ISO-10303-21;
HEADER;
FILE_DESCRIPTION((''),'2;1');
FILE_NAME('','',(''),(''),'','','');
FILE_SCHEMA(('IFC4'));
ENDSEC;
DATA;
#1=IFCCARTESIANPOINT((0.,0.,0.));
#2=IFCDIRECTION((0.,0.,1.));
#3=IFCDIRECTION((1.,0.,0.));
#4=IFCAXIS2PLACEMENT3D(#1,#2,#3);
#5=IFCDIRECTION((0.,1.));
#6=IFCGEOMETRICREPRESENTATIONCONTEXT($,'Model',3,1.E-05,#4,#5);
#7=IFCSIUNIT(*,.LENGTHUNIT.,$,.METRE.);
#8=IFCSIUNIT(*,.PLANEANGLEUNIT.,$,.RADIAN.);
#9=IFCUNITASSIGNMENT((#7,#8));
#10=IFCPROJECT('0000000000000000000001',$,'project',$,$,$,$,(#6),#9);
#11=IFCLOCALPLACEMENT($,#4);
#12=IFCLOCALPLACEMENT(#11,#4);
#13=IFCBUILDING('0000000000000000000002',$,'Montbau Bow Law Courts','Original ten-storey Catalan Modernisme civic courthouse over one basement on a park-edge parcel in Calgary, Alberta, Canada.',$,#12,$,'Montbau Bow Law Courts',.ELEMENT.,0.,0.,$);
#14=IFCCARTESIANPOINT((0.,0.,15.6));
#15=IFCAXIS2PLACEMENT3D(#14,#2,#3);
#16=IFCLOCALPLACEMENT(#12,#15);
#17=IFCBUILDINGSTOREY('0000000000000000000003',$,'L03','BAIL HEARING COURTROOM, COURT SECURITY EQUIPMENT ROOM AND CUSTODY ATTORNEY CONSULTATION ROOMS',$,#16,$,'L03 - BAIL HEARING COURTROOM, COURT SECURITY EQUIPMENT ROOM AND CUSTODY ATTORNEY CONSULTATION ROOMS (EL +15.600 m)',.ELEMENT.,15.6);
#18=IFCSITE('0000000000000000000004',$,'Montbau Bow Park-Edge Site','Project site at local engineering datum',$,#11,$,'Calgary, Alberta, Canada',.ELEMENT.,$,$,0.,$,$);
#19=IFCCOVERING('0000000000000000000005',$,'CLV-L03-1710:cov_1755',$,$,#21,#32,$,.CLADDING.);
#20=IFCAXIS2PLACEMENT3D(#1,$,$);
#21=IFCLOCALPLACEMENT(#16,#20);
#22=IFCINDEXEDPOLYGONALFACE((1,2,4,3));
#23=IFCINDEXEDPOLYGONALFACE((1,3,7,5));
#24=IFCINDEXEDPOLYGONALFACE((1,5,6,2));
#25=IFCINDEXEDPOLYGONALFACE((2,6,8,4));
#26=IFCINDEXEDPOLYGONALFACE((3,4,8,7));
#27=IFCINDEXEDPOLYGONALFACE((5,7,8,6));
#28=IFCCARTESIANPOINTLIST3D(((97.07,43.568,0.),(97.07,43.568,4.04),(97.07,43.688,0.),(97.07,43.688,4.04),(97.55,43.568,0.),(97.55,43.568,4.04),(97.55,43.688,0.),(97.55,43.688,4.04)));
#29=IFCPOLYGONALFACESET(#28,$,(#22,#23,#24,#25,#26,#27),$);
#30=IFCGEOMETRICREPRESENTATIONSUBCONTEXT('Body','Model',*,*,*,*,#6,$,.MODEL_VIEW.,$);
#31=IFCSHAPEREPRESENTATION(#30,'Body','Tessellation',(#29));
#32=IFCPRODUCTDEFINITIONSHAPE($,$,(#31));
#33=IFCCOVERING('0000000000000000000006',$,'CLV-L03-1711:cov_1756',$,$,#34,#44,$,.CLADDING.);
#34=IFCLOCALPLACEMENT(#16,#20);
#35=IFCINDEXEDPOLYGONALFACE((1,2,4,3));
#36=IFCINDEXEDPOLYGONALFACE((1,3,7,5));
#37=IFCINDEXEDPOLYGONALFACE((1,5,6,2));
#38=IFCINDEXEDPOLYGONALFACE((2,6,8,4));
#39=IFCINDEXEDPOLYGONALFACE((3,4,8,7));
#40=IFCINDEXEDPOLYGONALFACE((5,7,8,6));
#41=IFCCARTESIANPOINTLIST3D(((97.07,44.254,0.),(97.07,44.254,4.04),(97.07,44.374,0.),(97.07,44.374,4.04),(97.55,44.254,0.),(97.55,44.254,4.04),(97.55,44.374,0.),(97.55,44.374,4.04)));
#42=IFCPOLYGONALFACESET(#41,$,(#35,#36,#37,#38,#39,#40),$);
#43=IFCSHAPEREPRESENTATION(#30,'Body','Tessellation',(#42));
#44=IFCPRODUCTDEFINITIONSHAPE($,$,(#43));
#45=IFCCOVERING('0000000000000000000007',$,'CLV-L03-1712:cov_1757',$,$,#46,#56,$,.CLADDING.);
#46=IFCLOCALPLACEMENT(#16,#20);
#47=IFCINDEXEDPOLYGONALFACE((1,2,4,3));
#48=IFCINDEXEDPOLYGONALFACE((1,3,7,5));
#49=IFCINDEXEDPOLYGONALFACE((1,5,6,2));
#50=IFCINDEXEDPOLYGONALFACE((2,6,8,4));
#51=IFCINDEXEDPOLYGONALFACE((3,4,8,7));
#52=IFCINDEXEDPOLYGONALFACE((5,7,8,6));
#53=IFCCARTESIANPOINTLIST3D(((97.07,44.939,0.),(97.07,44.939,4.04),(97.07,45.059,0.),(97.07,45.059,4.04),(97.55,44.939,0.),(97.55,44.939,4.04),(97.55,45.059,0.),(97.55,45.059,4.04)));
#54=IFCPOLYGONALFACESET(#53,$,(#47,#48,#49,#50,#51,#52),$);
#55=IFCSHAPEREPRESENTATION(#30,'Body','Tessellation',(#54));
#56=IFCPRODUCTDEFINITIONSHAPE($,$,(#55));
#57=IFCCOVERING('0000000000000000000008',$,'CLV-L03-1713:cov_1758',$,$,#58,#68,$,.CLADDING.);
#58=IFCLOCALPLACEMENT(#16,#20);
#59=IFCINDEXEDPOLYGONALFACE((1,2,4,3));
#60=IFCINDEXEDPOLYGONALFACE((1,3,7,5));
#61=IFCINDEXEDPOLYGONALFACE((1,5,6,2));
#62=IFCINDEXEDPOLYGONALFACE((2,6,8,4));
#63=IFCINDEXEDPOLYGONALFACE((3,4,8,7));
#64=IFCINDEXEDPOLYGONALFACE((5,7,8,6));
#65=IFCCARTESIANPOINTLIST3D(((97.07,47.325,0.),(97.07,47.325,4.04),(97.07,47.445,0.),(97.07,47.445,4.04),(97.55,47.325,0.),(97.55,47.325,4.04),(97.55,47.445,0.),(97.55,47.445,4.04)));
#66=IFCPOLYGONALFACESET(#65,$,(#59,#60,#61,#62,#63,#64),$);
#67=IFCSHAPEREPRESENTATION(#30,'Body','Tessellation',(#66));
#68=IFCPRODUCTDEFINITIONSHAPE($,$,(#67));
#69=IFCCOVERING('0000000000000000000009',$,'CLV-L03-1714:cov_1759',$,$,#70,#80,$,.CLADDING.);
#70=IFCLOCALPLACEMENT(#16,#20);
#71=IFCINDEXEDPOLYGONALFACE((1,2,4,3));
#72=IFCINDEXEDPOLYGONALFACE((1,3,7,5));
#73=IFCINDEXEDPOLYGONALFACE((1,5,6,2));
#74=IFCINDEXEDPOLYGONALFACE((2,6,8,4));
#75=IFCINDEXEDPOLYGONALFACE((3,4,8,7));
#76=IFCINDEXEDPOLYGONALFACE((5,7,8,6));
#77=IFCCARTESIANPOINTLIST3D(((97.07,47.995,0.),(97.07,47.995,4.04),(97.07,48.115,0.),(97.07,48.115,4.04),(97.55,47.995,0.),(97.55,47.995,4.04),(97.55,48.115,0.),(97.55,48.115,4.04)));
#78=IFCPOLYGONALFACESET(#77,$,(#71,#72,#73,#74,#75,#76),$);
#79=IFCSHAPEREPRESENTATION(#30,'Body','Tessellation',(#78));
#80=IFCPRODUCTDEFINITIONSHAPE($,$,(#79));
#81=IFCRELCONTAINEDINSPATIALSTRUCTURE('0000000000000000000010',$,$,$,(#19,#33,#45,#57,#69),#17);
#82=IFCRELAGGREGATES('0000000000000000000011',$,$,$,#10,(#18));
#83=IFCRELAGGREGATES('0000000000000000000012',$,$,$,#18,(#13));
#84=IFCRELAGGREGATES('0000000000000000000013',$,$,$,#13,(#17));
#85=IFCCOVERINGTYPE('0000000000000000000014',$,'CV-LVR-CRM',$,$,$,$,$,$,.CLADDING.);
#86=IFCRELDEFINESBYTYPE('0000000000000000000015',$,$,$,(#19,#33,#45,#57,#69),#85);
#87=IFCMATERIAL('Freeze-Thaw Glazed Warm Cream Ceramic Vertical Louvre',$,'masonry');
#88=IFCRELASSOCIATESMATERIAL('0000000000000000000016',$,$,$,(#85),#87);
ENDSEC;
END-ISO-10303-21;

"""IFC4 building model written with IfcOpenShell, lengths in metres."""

from ifc_helpers import new_model, si_unit, direction, frame, frame_2d, origin_with_axes, place, context, subcontext, project, spatial, rectangle, extrude, material, type_object, element, save


model = new_model("IFC4")

# Units and contexts
model_context = context("Model", 3, precision=1e-05, world=origin_with_axes(), true_north=direction((0.0, 1.0)))
body_context = subcontext(model_context, "Body", "Model", "MODEL_VIEW")
ifc_project = project(units=[si_unit("LENGTHUNIT", "METRE"), si_unit("PLANEANGLEUNIT", "RADIAN")], contexts=[model_context])

# Site, building, storey
site_placement = place(None, origin_with_axes())
site = spatial("IfcSite", under=ifc_project, at=site_placement, Name="Montbau Bow Park-Edge Site", Description="Project site at local engineering datum", LongName="Calgary, Alberta, Canada", CompositionType="ELEMENT", RefElevation=0.0)
building_placement = place(site_placement, origin_with_axes())
building = spatial("IfcBuilding", under=site, at=building_placement, Name="Montbau Bow Law Courts", Description="Original ten-storey Catalan Modernisme civic courthouse over one basement on a park-edge parcel in Calgary, Alberta, Canada.", LongName="Montbau Bow Law Courts", CompositionType="ELEMENT", ElevationOfRefHeight=0.0, ElevationOfTerrain=0.0)
storey_placement = place(building_placement, frame((0.0, 0.0, 15.6), z_axis=(0.0, 0.0, 1.0), x_axis=(1.0, 0.0, 0.0)))
storey = spatial("IfcBuildingStorey", under=building, at=storey_placement, Name="L03", Description="BAIL HEARING COURTROOM, COURT SECURITY EQUIPMENT ROOM AND CUSTODY ATTORNEY CONSULTATION ROOMS", LongName="L03 - BAIL HEARING COURTROOM, COURT SECURITY EQUIPMENT ROOM AND CUSTODY ATTORNEY CONSULTATION ROOMS (EL +15.600 m)", CompositionType="ELEMENT", Elevation=15.6)

# Coverings
ifc_material_1 = material(Name="Freeze-Thaw Glazed Warm Cream Ceramic Vertical Louvre", Category="masonry")
covering_type = type_object("IfcCoveringType", Name="CV-LVR-CRM", PredefinedType="CLADDING", material=ifc_material_1)
for number, where, z_axis, x_axis, name in (
    (1, (97.07, 43.628, 15.6), (0.0, -1.0, 0.0), (1.0, 0.0, 0.0), "CLV-L03-1710:cov_1755"),
    (2, (97.07, 44.314, 15.6), (0.0, -1.0, 0.0), (1.0, 0.0, 0.0), "CLV-L03-1711:cov_1756"),
    (3, (97.07, 44.999, 15.6), (0.0, -1.0, 0.0), (1.0, 0.0, 0.0), "CLV-L03-1712:cov_1757"),
    (4, (97.07, 47.385, 15.6), (0.0, -1.0, 0.0), (1.0, 0.0, 0.0), "CLV-L03-1713:cov_1758"),
    (5, (97.07, 48.055, 15.6), (0.0, -1.0, 0.0), (1.0, 0.0, 0.0), "CLV-L03-1714:cov_1759"),
):
    element("IfcCovering", number, at=place(None, frame(where, z_axis=z_axis, x_axis=x_axis)), inside=storey, type_object=covering_type, Name=name, PredefinedType="CLADDING", context=body_context, shape_type="SweptSolid", body=[
        extrude(rectangle(XDim=0.48, YDim=4.04, at=frame_2d((0.24, 2.02), x_axis=(1.0, 0.0))), frame((0.0, 0.0, -0.06), z_axis=(0.0, 0.0, 1.0), x_axis=(1.0, 0.0, 0.0)), (0.0, 0.0, 1.0), 0.12),
    ])

save(model, "model.ifc")
